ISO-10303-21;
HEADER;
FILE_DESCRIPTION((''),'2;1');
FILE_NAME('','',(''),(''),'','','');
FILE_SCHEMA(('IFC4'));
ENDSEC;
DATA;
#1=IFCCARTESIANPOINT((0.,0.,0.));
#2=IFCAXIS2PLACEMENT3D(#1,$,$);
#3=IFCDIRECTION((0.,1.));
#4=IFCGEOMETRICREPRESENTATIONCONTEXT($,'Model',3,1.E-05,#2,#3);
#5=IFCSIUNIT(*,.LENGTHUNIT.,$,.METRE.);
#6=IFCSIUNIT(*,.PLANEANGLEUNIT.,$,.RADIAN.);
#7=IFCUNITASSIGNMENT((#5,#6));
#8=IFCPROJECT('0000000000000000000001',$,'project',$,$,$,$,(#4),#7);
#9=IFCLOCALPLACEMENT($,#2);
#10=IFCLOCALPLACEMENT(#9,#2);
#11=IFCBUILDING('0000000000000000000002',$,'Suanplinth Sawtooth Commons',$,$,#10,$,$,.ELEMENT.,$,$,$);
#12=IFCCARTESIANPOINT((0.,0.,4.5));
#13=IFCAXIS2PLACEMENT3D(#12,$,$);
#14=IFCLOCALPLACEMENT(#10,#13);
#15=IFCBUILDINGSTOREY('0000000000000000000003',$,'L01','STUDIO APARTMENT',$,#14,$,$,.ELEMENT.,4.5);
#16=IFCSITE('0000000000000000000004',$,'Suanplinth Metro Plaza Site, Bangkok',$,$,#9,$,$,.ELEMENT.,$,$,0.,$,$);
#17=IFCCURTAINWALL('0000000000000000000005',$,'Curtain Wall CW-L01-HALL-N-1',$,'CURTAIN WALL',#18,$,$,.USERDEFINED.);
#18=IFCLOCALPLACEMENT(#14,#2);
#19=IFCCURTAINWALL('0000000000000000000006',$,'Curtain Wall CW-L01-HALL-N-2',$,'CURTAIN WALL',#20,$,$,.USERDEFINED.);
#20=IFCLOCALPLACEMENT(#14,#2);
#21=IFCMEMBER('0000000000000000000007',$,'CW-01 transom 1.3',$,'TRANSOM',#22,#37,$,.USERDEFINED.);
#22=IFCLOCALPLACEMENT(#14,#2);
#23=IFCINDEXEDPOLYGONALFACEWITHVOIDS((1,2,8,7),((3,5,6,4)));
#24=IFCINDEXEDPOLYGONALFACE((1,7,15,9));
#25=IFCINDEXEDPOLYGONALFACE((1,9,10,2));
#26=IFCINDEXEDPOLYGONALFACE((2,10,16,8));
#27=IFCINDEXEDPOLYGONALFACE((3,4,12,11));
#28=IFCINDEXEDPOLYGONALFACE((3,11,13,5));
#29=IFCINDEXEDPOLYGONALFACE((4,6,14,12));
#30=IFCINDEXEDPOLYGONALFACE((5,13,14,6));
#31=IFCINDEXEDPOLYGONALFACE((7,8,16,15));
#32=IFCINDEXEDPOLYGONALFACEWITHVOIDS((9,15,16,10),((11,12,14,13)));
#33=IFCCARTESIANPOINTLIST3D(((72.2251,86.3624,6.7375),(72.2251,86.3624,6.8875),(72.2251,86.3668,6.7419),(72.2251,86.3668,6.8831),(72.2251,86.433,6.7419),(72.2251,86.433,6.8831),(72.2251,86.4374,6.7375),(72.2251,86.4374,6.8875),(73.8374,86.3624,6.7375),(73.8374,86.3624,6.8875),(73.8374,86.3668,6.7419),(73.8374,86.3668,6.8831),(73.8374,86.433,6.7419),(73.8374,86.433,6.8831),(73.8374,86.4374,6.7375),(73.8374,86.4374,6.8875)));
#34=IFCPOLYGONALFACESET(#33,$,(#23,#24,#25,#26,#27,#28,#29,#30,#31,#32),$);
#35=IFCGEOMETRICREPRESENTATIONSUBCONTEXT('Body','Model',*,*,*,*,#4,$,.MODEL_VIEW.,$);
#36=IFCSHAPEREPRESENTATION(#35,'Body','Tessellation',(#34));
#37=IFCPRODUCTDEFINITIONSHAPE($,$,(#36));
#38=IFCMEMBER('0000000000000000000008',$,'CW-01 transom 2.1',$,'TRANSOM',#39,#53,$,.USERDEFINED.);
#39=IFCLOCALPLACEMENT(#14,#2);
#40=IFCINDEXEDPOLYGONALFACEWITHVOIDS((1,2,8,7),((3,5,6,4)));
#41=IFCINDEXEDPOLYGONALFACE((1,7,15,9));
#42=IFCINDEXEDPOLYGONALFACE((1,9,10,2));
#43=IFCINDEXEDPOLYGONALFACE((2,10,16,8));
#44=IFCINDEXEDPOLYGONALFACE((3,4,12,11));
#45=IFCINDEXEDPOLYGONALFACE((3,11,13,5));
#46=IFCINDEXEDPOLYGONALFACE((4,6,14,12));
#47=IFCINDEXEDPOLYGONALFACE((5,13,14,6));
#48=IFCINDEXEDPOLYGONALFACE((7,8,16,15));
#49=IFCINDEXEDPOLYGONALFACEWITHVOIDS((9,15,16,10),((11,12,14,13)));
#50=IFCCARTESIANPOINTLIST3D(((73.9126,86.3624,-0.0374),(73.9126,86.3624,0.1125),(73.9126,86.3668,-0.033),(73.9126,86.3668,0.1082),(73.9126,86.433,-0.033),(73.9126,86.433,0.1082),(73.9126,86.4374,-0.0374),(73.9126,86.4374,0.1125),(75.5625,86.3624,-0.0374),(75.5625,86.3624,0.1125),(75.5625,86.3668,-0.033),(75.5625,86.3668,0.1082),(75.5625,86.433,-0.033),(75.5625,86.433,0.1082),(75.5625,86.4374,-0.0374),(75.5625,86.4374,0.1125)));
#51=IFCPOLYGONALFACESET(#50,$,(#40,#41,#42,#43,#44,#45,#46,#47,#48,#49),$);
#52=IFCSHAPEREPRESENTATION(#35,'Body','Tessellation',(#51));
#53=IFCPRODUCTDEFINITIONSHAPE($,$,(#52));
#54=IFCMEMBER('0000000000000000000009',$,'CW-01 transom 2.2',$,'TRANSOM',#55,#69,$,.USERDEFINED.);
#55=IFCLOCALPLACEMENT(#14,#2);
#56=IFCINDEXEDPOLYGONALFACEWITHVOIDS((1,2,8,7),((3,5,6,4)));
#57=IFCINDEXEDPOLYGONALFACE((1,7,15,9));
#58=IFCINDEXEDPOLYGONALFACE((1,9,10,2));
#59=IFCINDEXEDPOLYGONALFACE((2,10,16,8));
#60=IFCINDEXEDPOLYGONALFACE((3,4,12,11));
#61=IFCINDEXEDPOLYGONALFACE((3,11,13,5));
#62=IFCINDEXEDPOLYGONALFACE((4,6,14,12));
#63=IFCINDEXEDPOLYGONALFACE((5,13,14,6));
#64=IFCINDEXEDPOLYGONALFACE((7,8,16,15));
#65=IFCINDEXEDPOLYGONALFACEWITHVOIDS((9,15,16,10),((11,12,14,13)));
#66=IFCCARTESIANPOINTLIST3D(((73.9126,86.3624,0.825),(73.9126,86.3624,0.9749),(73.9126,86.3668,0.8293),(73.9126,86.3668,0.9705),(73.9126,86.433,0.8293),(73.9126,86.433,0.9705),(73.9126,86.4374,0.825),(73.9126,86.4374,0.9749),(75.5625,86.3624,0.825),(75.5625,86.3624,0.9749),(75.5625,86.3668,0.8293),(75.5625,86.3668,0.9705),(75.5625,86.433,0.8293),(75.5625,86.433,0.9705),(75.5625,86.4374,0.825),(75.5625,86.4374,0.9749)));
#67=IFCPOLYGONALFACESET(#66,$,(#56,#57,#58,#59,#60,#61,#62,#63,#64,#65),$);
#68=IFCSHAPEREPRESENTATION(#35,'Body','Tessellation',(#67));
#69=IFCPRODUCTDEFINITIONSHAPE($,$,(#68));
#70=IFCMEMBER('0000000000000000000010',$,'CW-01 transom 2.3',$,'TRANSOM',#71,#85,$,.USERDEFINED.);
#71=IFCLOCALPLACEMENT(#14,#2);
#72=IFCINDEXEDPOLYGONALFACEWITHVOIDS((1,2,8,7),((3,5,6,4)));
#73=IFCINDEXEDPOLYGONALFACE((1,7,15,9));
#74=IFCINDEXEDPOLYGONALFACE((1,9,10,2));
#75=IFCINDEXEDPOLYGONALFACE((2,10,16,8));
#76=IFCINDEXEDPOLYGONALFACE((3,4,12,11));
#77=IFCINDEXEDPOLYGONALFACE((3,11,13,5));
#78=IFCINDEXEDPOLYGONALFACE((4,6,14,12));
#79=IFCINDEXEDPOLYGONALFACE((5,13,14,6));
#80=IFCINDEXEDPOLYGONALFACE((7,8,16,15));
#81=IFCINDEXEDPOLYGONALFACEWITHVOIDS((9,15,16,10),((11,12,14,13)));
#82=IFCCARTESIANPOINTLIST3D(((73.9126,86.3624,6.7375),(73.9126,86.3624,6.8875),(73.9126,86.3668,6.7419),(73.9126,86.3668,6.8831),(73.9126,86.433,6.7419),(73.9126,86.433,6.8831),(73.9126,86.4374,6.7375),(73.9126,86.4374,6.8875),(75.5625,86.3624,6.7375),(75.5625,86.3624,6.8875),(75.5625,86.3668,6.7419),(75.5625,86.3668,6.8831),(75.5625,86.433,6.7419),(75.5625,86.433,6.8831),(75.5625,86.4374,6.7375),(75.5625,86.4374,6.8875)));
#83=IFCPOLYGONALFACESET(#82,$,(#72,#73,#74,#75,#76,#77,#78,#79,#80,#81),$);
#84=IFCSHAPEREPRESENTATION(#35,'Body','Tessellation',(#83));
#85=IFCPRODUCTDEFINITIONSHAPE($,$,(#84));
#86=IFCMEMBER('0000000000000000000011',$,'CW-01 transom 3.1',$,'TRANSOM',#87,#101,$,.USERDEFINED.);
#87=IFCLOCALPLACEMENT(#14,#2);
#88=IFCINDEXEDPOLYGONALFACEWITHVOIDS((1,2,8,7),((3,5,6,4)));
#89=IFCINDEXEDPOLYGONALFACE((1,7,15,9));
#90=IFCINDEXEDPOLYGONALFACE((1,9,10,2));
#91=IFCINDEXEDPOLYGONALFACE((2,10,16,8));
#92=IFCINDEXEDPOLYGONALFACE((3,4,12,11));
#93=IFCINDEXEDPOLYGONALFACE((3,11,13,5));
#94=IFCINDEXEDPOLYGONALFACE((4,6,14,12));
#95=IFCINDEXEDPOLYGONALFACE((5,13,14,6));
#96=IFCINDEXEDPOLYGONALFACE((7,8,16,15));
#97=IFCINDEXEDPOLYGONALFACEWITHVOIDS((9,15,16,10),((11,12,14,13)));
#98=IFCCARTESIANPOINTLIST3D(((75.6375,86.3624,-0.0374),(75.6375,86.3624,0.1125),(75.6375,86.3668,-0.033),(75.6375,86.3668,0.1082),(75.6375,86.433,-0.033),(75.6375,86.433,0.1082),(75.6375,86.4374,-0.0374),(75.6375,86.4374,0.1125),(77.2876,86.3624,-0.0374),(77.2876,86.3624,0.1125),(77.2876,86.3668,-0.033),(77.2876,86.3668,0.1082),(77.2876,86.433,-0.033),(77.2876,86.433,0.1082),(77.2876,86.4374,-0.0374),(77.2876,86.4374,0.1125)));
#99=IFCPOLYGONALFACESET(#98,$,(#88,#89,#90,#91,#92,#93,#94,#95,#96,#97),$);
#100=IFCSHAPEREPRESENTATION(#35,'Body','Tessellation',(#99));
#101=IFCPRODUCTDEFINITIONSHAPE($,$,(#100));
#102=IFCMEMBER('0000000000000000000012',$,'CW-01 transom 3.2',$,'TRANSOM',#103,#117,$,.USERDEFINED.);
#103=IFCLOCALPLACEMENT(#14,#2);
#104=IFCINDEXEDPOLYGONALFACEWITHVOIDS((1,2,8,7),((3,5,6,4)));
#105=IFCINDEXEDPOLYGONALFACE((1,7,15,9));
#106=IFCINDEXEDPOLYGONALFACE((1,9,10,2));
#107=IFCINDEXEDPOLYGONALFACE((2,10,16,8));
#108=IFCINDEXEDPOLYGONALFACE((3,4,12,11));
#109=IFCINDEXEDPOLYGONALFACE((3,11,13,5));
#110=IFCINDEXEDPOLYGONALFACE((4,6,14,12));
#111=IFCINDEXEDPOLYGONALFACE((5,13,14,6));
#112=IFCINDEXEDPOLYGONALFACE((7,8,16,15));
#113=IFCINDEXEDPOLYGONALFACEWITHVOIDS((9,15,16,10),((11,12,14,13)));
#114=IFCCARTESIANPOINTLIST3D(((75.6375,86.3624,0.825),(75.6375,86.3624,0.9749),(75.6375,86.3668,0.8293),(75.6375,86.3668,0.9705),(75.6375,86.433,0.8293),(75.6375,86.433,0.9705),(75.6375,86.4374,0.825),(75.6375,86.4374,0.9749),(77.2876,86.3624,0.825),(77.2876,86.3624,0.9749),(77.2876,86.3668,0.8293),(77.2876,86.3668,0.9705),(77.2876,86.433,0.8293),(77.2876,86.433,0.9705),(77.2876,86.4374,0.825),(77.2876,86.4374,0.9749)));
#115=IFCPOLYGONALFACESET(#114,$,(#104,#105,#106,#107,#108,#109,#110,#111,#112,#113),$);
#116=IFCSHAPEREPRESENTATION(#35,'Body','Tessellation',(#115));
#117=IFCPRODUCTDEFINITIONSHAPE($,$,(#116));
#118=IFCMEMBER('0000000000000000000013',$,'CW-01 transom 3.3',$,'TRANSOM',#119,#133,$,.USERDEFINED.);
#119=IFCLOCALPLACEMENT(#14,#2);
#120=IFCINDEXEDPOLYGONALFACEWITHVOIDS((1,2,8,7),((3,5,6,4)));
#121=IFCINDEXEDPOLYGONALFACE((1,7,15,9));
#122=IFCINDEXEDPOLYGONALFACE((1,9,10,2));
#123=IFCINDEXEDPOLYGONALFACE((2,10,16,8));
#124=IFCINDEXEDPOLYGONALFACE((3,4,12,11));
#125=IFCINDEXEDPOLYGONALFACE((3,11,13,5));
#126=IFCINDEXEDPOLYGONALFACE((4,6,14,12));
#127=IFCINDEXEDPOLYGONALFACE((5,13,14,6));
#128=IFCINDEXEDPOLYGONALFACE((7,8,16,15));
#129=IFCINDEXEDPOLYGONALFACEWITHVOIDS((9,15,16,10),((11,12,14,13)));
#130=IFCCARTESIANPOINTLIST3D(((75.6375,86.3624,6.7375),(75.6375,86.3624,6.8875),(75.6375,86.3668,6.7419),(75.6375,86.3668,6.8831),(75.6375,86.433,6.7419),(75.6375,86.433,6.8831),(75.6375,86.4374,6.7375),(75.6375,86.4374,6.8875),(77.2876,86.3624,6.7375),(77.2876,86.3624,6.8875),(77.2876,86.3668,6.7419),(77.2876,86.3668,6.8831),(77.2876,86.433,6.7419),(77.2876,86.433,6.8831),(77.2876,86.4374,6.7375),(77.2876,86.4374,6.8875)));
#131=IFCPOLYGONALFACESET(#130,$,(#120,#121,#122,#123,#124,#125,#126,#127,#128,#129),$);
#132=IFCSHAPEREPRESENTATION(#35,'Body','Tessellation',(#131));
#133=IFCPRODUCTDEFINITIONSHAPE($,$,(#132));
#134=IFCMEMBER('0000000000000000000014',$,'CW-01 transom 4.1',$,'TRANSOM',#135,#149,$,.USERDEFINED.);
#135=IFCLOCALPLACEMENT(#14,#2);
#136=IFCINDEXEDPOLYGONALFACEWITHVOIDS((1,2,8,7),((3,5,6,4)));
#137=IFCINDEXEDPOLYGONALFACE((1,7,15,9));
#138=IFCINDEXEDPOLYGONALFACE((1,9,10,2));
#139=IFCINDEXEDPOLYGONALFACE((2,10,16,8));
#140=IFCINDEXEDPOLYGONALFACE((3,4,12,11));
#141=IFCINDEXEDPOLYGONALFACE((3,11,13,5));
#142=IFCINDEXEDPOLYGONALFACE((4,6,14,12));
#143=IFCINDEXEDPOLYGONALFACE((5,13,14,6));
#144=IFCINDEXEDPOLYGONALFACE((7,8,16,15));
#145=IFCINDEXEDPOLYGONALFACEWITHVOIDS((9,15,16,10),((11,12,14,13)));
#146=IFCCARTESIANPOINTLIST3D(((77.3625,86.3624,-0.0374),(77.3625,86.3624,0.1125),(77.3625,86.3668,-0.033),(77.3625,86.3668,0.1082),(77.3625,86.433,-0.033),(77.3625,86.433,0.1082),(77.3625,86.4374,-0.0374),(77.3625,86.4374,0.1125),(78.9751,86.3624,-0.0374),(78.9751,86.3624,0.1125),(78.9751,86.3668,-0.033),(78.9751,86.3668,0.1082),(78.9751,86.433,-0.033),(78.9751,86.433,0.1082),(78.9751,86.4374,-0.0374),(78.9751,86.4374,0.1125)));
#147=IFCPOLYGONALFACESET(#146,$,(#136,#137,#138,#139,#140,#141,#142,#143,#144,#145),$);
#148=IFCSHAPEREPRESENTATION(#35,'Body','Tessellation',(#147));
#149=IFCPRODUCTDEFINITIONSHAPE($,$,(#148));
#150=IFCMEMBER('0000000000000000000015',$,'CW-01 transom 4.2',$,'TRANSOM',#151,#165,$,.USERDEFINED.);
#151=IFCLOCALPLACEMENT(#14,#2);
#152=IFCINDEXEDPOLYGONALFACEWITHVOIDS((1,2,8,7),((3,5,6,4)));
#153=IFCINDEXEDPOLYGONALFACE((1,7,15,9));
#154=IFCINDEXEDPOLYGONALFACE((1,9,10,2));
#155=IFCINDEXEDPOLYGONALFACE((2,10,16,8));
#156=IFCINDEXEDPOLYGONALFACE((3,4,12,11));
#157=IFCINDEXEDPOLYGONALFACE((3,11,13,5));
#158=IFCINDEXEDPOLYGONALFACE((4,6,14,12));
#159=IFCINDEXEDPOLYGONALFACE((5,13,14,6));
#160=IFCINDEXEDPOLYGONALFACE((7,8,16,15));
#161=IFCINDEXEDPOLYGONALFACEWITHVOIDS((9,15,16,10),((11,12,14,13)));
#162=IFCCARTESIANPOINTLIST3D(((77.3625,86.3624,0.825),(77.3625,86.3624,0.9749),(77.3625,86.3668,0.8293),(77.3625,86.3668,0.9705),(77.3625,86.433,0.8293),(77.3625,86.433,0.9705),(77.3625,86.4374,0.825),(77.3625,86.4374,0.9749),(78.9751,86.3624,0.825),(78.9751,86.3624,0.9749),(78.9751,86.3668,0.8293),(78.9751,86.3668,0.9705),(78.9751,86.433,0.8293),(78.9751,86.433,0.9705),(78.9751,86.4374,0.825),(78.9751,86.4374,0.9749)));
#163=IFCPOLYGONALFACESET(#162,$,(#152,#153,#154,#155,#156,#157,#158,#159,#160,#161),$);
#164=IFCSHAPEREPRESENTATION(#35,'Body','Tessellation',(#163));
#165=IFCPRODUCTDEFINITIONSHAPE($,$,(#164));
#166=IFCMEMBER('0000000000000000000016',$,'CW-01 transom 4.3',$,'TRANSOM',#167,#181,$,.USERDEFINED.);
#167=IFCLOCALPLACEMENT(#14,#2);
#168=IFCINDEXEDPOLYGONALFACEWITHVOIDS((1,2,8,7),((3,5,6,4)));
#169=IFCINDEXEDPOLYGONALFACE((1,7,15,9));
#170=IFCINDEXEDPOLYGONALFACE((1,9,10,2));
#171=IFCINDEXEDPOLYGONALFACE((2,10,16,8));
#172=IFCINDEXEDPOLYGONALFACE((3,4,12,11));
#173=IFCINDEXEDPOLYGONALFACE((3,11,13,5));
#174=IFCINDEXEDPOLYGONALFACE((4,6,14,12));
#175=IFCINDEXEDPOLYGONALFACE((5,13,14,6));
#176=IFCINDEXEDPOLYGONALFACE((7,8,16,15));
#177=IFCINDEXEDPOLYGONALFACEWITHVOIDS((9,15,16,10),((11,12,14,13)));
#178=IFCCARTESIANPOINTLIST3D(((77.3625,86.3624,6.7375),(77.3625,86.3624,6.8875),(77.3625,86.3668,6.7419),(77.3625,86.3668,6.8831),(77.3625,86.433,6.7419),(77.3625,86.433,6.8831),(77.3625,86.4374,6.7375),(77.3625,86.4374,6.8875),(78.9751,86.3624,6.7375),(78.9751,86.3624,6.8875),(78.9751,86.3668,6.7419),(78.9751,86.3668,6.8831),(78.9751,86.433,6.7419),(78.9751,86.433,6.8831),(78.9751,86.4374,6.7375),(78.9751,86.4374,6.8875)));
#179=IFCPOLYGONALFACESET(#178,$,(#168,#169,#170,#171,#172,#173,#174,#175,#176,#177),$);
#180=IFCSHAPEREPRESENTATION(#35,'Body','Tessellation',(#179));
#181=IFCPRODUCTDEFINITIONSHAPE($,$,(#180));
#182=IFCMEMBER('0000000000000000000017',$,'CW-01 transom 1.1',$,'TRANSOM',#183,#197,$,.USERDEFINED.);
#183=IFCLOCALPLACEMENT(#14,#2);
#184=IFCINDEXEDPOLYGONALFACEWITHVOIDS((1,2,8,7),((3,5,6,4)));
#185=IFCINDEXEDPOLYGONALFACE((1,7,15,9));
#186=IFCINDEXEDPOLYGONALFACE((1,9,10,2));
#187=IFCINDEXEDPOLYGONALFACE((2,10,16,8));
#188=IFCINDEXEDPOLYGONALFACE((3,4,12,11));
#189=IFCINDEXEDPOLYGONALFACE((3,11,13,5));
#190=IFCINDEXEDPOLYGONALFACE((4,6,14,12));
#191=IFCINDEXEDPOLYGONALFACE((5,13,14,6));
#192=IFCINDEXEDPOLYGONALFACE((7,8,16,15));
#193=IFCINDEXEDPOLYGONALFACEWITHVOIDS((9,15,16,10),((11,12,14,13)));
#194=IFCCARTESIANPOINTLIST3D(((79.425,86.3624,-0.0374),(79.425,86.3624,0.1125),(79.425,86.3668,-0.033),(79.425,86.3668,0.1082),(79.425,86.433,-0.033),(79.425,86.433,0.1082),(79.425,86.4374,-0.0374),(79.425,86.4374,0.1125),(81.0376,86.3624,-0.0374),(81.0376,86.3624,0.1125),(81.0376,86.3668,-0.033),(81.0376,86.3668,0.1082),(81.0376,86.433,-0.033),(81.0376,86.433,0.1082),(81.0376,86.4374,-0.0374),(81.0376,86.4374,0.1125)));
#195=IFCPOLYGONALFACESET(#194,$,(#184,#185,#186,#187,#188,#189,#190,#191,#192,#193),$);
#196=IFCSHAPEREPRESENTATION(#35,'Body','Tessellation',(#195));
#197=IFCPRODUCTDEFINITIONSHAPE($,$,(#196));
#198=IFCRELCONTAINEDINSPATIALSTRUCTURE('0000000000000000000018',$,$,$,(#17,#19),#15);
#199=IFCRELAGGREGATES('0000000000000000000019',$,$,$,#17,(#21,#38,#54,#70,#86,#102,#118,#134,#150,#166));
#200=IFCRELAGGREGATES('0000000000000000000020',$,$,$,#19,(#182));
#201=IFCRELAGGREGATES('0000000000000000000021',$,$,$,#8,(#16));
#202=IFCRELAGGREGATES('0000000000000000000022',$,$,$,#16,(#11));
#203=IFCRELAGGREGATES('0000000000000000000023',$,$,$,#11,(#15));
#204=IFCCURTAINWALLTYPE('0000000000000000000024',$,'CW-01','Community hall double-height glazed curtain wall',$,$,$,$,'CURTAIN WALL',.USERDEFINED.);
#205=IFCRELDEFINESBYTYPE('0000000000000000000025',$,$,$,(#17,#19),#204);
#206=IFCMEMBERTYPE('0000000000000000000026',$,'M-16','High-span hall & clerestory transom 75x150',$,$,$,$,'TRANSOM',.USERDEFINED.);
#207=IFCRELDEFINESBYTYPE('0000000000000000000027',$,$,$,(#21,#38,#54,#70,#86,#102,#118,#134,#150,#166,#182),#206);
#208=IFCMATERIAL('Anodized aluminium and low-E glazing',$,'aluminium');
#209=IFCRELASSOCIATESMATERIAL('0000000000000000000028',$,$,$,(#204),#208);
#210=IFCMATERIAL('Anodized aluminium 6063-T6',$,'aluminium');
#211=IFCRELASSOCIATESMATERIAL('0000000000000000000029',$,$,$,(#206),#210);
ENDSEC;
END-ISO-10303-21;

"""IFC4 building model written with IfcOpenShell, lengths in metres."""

from ifc_helpers import new_model, si_unit, direction, frame, origin, origin_2d, place, context, subcontext, project, spatial, hollow_rectangle, extrude, material, material_profile, profile_set, type_object, element, aggregate, save


model = new_model("IFC4")

# Units and contexts
model_context = context("Model", 3, precision=1e-05, world=origin(), true_north=direction((0.0, 1.0)))
body_context = subcontext(model_context, "Body", "Model", "MODEL_VIEW")
ifc_project = project(units=[si_unit("LENGTHUNIT", "METRE"), si_unit("PLANEANGLEUNIT", "RADIAN")], contexts=[model_context])

# Site, building, storey
site_placement = place(None, origin())
site = spatial("IfcSite", under=ifc_project, at=site_placement, Name="Suanplinth Metro Plaza Site, Bangkok", CompositionType="ELEMENT", RefElevation=0.0)
building_placement = place(site_placement, origin())
building = spatial("IfcBuilding", under=site, at=building_placement, Name="Suanplinth Sawtooth Commons", CompositionType="ELEMENT")
storey_placement = place(building_placement, frame((0.0, 0.0, 4.5)))
storey = spatial("IfcBuildingStorey", under=building, at=storey_placement, Name="L01", Description="STUDIO APARTMENT", CompositionType="ELEMENT", Elevation=4.5)

# Curtain walls
ifc_material_1 = material(Name="Anodized aluminium and low-E glazing", Category="aluminium")
curtain_wall_type = type_object("IfcCurtainWallType", Name="CW-01", Description="Community hall double-height glazed curtain wall", ElementType="CURTAIN WALL", PredefinedType="USERDEFINED", material=ifc_material_1)
curtain_wall_1_placement = place(storey_placement, origin())
curtain_wall_1 = element("IfcCurtainWall", 1, at=curtain_wall_1_placement, inside=storey, type_object=curtain_wall_type, Name="Curtain Wall CW-L01-HALL-N-1", ObjectType="CURTAIN WALL", PredefinedType="USERDEFINED")
ifc_material_2 = material(Name="Anodized aluminium 6063-T6", Category="aluminium")
curtain_wall_2_placement = place(storey_placement, origin())
curtain_wall_2 = element("IfcCurtainWall", 2, at=curtain_wall_2_placement, inside=storey, type_object=curtain_wall_type, Name="Curtain Wall CW-L01-HALL-N-2", ObjectType="CURTAIN WALL", PredefinedType="USERDEFINED")

# Members
ifc_material_profile_1 = material_profile(ifc_material_2, hollow_rectangle(XDim=0.075, YDim=0.1499, WallThickness=0.0044, at=origin_2d()), Name="ALU-TRN 75x150")
ifc_profile_set_1 = profile_set([ifc_material_profile_1], Name="Anodized aluminium 6063-T6")
member_type_1 = type_object("IfcMemberType", Name="M-16", Description="High-span hall & clerestory transom 75x150", ElementType="TRANSOM", PredefinedType="USERDEFINED", material=ifc_profile_set_1)
member_1_placement = place(storey_placement, frame((72.2251, 86.3999, 6.8125), z_axis=(1.0, 0.0, 0.0), x_axis=(0.0, 1.0, 0.0)))
member_1 = element("IfcMember", 3, at=member_1_placement, type_object=member_type_1, Name="CW-01 transom 1.3", ObjectType="TRANSOM", PredefinedType="USERDEFINED", context=body_context, shape_type="SweptSolid", body=[
    extrude(hollow_rectangle(XDim=0.075, YDim=0.1499, WallThickness=0.0044, at=origin_2d()), origin(), (0.0, 0.0, 1.0), 1.6123),
])
member_2_placement = place(storey_placement, frame((73.9126, 86.3999, 0.0376), z_axis=(1.0, 0.0, 0.0), x_axis=(0.0, 1.0, 0.0)))
member_2 = element("IfcMember", 4, at=member_2_placement, type_object=member_type_1, Name="CW-01 transom 2.1", ObjectType="TRANSOM", PredefinedType="USERDEFINED", context=body_context, shape_type="SweptSolid", body=[
    extrude(hollow_rectangle(XDim=0.075, YDim=0.1499, WallThickness=0.0044, at=origin_2d()), origin(), (0.0, 0.0, 1.0), 1.6499),
])
member_3_placement = place(storey_placement, frame((73.9126, 86.3999, 0.8999), z_axis=(1.0, 0.0, 0.0), x_axis=(0.0, 1.0, 0.0)))
member_3 = element("IfcMember", 5, at=member_3_placement, type_object=member_type_1, Name="CW-01 transom 2.2", ObjectType="TRANSOM", PredefinedType="USERDEFINED", context=body_context, shape_type="SweptSolid", body=[
    extrude(hollow_rectangle(XDim=0.075, YDim=0.1499, WallThickness=0.0044, at=origin_2d()), origin(), (0.0, 0.0, 1.0), 1.6499),
])
member_4_placement = place(storey_placement, frame((73.9126, 86.3999, 6.8125), z_axis=(1.0, 0.0, 0.0), x_axis=(0.0, 1.0, 0.0)))
member_4 = element("IfcMember", 6, at=member_4_placement, type_object=member_type_1, Name="CW-01 transom 2.3", ObjectType="TRANSOM", PredefinedType="USERDEFINED", context=body_context, shape_type="SweptSolid", body=[
    extrude(hollow_rectangle(XDim=0.075, YDim=0.1499, WallThickness=0.0044, at=origin_2d()), origin(), (0.0, 0.0, 1.0), 1.6499),
])
member_5_placement = place(storey_placement, frame((75.6375, 86.3999, 0.0376), z_axis=(1.0, 0.0, 0.0), x_axis=(0.0, 1.0, 0.0)))
member_5 = element("IfcMember", 7, at=member_5_placement, type_object=member_type_1, Name="CW-01 transom 3.1", ObjectType="TRANSOM", PredefinedType="USERDEFINED", context=body_context, shape_type="SweptSolid", body=[
    extrude(hollow_rectangle(XDim=0.075, YDim=0.1499, WallThickness=0.0044, at=origin_2d()), origin(), (0.0, 0.0, 1.0), 1.6501),
])
member_6_placement = place(storey_placement, frame((75.6375, 86.3999, 0.8999), z_axis=(1.0, 0.0, 0.0), x_axis=(0.0, 1.0, 0.0)))
member_6 = element("IfcMember", 8, at=member_6_placement, type_object=member_type_1, Name="CW-01 transom 3.2", ObjectType="TRANSOM", PredefinedType="USERDEFINED", context=body_context, shape_type="SweptSolid", body=[
    extrude(hollow_rectangle(XDim=0.075, YDim=0.1499, WallThickness=0.0044, at=origin_2d()), origin(), (0.0, 0.0, 1.0), 1.6501),
])
member_7_placement = place(storey_placement, frame((75.6375, 86.3999, 6.8125), z_axis=(1.0, 0.0, 0.0), x_axis=(0.0, 1.0, 0.0)))
member_7 = element("IfcMember", 9, at=member_7_placement, type_object=member_type_1, Name="CW-01 transom 3.3", ObjectType="TRANSOM", PredefinedType="USERDEFINED", context=body_context, shape_type="SweptSolid", body=[
    extrude(hollow_rectangle(XDim=0.075, YDim=0.1499, WallThickness=0.0044, at=origin_2d()), origin(), (0.0, 0.0, 1.0), 1.6501),
])
member_8_placement = place(storey_placement, frame((77.3625, 86.3999, 0.0376), z_axis=(1.0, 0.0, 0.0), x_axis=(0.0, 1.0, 0.0)))
member_8 = element("IfcMember", 10, at=member_8_placement, type_object=member_type_1, Name="CW-01 transom 4.1", ObjectType="TRANSOM", PredefinedType="USERDEFINED", context=body_context, shape_type="SweptSolid", body=[
    extrude(hollow_rectangle(XDim=0.075, YDim=0.1499, WallThickness=0.0044, at=origin_2d()), origin(), (0.0, 0.0, 1.0), 1.6125),
])
member_9_placement = place(storey_placement, frame((77.3625, 86.3999, 0.8999), z_axis=(1.0, 0.0, 0.0), x_axis=(0.0, 1.0, 0.0)))
member_9 = element("IfcMember", 11, at=member_9_placement, type_object=member_type_1, Name="CW-01 transom 4.2", ObjectType="TRANSOM", PredefinedType="USERDEFINED", context=body_context, shape_type="SweptSolid", body=[
    extrude(hollow_rectangle(XDim=0.075, YDim=0.1499, WallThickness=0.0044, at=origin_2d()), origin(), (0.0, 0.0, 1.0), 1.6125),
])
member_10_placement = place(storey_placement, frame((77.3625, 86.3999, 6.8125), z_axis=(1.0, 0.0, 0.0), x_axis=(0.0, 1.0, 0.0)))
member_10 = element("IfcMember", 12, at=member_10_placement, type_object=member_type_1, Name="CW-01 transom 4.3", ObjectType="TRANSOM", PredefinedType="USERDEFINED", context=body_context, shape_type="SweptSolid", body=[
    extrude(hollow_rectangle(XDim=0.075, YDim=0.1499, WallThickness=0.0044, at=origin_2d()), origin(), (0.0, 0.0, 1.0), 1.6125),
])
member_11_placement = place(storey_placement, frame((79.425, 86.3999, 0.0376), z_axis=(1.0, 0.0, 0.0), x_axis=(0.0, 1.0, 0.0)))
member_11 = element("IfcMember", 13, at=member_11_placement, type_object=member_type_1, Name="CW-01 transom 1.1", ObjectType="TRANSOM", PredefinedType="USERDEFINED", context=body_context, shape_type="SweptSolid", body=[
    extrude(hollow_rectangle(XDim=0.075, YDim=0.1499, WallThickness=0.0044, at=origin_2d()), origin(), (0.0, 0.0, 1.0), 1.6125),
])

aggregate(curtain_wall_1, [member_1, member_2, member_3, member_4, member_5, member_6, member_7, member_8, member_9, member_10])
aggregate(curtain_wall_2, [member_11])

save(model, "model.ifc")
